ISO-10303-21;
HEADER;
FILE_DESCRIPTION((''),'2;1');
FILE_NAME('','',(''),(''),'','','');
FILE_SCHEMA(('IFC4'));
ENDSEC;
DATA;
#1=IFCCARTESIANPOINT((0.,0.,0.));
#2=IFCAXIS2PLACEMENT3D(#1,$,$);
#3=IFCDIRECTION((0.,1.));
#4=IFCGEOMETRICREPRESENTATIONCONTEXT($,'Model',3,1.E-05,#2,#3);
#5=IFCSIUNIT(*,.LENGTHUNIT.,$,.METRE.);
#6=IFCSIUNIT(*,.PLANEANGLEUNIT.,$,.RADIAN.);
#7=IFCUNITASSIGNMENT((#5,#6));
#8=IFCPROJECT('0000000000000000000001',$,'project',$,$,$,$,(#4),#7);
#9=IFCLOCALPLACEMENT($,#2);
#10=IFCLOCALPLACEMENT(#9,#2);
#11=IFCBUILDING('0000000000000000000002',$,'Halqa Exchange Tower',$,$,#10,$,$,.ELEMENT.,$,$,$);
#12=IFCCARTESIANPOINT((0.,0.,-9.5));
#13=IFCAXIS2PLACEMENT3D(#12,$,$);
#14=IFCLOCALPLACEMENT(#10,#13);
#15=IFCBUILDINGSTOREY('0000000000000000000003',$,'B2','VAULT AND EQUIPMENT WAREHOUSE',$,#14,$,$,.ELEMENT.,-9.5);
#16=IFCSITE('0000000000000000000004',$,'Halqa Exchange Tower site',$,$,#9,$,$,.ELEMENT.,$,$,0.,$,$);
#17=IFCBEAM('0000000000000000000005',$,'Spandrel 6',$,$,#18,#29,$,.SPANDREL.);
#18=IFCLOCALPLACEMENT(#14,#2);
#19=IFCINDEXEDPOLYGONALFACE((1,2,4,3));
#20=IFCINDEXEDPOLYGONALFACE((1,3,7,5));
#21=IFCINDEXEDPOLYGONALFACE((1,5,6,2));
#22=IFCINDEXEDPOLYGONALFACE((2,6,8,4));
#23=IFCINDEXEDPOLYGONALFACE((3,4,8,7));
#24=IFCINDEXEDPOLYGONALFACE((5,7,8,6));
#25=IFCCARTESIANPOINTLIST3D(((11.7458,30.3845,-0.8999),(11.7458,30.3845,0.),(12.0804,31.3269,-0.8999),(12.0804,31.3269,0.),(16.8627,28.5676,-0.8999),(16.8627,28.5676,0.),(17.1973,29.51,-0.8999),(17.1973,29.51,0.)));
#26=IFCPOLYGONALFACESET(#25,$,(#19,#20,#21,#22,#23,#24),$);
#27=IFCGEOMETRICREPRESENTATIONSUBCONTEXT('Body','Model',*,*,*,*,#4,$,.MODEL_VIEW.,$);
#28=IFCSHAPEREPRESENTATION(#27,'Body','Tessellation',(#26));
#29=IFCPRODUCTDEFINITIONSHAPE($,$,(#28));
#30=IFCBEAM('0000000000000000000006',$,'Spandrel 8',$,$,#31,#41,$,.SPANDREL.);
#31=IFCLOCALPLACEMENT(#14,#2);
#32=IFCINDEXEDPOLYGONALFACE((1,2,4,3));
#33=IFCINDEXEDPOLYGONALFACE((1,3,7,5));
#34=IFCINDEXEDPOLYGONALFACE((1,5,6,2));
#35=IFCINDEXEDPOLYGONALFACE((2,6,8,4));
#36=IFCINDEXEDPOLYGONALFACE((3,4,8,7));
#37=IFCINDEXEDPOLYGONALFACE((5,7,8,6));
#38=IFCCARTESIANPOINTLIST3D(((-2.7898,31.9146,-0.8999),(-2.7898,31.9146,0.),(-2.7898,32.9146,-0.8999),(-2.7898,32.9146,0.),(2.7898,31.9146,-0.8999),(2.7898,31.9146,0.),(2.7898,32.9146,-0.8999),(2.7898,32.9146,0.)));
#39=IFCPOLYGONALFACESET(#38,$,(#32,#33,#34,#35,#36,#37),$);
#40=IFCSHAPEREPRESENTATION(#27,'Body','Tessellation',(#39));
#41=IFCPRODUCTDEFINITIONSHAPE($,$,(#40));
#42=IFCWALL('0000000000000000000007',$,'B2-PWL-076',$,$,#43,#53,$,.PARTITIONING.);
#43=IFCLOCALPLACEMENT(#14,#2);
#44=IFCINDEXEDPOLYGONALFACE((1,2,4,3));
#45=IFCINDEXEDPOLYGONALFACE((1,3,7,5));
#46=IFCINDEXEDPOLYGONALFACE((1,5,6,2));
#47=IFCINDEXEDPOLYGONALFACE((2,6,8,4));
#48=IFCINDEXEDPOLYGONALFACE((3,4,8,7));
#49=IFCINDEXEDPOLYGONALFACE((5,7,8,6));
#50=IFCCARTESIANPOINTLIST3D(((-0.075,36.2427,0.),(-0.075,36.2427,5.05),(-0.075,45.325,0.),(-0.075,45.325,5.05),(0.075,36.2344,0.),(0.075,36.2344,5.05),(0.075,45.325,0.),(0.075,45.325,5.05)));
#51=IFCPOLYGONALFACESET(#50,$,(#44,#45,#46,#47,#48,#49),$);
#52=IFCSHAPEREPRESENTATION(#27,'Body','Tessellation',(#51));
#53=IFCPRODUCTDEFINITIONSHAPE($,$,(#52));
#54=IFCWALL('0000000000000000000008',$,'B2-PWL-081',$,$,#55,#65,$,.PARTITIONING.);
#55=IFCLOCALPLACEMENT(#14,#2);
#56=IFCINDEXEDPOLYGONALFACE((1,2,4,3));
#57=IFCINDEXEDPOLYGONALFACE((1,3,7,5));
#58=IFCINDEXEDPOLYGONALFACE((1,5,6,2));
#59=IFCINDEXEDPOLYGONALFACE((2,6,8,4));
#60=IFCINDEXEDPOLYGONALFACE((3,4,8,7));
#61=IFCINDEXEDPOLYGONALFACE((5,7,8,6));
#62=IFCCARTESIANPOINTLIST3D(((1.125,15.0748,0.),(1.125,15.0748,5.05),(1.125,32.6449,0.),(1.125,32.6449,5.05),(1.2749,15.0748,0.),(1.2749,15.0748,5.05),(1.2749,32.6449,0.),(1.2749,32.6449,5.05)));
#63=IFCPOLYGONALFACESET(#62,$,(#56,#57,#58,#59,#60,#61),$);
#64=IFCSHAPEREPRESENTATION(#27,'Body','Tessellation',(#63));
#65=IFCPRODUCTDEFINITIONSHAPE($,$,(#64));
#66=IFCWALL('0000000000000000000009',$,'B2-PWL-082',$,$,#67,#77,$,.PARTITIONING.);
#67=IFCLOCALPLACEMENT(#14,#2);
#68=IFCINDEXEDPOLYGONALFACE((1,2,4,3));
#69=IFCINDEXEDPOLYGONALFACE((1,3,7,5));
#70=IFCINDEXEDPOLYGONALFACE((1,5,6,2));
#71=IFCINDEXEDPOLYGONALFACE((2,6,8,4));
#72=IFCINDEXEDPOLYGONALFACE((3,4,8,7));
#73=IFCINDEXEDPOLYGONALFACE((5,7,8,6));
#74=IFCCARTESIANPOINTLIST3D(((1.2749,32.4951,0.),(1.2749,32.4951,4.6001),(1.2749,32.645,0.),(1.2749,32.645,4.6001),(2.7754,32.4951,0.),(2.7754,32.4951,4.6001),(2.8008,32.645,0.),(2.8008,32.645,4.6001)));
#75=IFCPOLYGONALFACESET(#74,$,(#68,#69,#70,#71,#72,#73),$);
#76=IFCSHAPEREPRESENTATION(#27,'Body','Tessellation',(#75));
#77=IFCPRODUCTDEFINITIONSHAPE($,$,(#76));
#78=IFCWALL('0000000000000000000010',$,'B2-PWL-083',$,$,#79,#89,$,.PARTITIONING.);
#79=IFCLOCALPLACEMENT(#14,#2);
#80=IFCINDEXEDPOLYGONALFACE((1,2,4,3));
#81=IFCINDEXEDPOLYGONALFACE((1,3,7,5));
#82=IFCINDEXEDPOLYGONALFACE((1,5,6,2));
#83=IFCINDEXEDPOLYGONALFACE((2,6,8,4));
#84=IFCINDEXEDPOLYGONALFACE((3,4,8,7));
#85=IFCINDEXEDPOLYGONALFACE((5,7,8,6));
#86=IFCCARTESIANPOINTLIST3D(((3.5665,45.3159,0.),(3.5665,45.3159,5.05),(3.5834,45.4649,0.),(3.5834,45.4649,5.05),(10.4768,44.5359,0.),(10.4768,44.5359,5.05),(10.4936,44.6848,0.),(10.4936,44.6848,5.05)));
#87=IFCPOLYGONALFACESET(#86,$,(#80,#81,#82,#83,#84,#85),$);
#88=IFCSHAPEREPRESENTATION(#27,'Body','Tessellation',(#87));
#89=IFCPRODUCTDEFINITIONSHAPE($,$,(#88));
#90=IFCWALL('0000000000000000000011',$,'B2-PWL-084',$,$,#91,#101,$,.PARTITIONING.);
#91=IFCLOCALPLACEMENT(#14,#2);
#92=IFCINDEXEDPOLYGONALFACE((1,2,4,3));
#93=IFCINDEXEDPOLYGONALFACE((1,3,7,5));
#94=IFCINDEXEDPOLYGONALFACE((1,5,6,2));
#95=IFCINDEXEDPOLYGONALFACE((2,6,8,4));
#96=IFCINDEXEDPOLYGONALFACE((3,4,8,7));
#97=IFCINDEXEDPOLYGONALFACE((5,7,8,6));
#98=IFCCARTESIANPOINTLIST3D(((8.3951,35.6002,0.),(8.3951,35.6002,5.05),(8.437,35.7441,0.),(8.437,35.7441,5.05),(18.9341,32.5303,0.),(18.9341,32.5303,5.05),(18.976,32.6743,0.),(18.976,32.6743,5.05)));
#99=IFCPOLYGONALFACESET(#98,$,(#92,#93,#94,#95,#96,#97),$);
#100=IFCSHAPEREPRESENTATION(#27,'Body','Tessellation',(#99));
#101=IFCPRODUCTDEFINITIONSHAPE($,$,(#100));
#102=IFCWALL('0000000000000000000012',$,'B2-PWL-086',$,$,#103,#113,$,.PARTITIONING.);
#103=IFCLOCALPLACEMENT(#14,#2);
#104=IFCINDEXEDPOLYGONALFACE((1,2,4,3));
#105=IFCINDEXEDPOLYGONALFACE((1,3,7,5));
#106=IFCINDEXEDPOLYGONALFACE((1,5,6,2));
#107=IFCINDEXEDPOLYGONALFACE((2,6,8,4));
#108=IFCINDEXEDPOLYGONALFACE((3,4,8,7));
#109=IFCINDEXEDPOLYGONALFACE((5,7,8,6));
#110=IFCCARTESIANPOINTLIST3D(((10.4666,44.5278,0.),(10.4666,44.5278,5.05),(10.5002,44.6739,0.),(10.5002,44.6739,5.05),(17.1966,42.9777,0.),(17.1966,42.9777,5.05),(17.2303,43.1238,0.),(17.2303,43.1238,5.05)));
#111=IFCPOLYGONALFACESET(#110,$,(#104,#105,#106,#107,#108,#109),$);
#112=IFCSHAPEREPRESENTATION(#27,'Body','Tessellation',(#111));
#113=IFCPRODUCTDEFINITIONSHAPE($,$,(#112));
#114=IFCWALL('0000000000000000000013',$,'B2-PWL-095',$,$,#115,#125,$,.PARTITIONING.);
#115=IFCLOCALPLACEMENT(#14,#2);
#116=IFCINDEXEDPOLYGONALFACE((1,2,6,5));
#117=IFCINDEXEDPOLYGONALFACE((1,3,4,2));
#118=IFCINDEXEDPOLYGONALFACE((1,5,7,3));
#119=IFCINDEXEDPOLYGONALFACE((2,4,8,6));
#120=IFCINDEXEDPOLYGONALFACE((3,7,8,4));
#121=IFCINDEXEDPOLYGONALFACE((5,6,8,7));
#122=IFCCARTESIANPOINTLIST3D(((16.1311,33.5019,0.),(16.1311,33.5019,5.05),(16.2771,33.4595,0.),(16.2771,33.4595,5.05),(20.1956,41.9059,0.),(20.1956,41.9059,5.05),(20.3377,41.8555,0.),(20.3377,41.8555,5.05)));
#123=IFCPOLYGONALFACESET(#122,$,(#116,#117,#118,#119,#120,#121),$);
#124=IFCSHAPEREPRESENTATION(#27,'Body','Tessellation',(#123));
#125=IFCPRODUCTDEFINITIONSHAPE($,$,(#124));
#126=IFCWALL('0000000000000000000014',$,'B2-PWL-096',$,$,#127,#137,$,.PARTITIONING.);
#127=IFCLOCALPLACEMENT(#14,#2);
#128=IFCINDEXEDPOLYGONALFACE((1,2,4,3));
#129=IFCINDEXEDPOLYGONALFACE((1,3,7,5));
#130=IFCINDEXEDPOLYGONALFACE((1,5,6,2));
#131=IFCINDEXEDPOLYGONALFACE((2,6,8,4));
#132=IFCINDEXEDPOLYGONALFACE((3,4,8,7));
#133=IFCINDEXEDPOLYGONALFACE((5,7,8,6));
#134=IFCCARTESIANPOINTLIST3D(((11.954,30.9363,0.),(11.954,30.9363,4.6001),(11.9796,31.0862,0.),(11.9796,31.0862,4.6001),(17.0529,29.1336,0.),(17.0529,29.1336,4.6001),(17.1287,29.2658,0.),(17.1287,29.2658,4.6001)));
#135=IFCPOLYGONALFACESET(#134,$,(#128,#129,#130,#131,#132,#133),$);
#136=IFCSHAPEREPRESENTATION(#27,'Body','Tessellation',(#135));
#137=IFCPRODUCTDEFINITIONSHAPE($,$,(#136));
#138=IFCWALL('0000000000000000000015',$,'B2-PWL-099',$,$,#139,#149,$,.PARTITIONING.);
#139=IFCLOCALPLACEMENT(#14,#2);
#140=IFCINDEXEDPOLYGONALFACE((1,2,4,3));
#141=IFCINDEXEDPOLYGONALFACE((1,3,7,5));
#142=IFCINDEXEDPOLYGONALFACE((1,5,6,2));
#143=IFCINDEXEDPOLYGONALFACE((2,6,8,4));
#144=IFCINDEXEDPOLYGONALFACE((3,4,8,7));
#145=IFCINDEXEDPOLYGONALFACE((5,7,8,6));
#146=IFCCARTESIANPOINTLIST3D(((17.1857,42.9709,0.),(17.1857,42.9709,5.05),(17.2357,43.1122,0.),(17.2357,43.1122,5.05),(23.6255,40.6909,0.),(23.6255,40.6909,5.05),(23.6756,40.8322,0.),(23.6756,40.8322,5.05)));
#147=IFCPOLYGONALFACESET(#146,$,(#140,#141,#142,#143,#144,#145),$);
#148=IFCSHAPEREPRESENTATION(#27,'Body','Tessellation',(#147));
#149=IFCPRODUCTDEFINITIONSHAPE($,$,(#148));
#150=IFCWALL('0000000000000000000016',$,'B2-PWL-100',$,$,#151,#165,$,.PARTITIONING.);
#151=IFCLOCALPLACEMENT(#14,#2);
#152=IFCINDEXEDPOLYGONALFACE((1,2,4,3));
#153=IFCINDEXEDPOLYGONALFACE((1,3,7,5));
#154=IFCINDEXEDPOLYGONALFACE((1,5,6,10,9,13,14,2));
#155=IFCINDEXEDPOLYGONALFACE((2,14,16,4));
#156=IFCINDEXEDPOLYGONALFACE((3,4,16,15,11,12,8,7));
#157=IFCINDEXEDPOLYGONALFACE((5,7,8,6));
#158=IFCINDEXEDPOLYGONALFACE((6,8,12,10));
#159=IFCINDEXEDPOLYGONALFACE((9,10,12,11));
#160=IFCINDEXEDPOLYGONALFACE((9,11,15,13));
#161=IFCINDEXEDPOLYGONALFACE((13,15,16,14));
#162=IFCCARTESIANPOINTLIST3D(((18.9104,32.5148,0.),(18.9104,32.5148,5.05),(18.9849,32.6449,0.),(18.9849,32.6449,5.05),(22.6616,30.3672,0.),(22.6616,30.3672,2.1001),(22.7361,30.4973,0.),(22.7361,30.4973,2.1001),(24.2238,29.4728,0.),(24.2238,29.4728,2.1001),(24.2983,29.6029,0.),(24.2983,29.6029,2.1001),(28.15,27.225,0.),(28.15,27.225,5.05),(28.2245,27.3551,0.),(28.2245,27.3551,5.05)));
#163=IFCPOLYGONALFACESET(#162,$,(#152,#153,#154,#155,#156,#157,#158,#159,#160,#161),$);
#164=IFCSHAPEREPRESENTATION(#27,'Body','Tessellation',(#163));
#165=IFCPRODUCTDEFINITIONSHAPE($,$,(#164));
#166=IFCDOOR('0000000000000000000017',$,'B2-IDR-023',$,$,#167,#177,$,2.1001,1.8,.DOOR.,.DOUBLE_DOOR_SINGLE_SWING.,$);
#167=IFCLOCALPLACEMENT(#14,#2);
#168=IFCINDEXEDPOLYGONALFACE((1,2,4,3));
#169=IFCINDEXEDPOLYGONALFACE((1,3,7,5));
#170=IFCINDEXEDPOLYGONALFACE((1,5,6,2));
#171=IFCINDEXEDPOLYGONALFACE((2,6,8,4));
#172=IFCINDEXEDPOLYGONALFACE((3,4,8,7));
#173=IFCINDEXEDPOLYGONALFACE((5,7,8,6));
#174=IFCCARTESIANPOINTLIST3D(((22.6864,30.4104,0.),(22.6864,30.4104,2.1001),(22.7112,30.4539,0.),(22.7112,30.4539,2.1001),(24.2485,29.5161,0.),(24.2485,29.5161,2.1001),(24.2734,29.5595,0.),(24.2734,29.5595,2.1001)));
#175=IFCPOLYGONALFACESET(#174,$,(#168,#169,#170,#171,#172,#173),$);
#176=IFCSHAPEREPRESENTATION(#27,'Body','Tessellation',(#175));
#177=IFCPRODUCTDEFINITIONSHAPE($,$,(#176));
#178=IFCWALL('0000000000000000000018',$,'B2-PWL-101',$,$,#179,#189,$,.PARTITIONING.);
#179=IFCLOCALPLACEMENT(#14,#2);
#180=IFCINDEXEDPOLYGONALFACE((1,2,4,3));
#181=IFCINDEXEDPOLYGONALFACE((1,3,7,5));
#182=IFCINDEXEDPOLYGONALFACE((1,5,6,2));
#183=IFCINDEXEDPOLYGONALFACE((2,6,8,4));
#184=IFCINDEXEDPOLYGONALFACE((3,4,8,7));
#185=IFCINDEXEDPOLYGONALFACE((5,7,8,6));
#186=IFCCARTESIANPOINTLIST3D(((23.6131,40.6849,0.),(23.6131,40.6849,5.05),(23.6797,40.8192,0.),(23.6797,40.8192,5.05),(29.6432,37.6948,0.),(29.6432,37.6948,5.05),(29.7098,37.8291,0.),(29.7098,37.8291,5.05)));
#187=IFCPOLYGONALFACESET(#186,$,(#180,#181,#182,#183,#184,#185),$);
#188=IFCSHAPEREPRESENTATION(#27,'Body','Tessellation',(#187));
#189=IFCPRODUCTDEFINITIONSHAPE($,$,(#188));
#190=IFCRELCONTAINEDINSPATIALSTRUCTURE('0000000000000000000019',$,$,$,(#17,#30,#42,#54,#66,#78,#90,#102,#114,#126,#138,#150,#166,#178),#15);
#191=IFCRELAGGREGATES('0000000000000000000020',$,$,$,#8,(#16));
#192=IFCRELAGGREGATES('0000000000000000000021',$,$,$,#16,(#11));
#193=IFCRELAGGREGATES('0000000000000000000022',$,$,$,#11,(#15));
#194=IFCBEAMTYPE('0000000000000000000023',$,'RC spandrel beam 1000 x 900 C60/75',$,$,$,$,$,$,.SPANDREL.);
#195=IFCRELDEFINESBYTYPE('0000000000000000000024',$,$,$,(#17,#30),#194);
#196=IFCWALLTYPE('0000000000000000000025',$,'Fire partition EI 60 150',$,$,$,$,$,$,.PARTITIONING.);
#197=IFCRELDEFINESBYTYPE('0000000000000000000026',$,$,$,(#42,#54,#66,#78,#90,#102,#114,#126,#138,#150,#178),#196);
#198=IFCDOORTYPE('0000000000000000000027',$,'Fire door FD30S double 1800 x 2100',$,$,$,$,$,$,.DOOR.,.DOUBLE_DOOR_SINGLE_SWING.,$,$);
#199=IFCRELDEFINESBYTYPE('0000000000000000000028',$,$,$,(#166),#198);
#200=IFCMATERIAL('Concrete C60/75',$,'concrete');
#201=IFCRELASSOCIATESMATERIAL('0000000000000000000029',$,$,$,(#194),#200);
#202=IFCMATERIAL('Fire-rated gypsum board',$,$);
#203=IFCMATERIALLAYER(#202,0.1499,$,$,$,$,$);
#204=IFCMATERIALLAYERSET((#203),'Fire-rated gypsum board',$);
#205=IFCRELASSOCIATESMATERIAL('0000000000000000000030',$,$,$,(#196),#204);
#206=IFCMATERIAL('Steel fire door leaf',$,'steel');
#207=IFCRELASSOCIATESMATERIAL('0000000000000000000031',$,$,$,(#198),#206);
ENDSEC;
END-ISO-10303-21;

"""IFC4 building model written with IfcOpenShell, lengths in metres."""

from ifc_helpers import new_model, si_unit, direction, frame, frame_2d, origin, origin_2d, place, context, subcontext, project, spatial, polyline, rectangle, outline, extrude, material, layer, layer_set, material_profile, profile_set, type_object, element, fill, save


model = new_model("IFC4")

# Units and contexts
model_context = context("Model", 3, precision=1e-05, world=origin(), true_north=direction((0.0, 1.0)))
body_context = subcontext(model_context, "Body", "Model", "MODEL_VIEW")
ifc_project = project(units=[si_unit("LENGTHUNIT", "METRE"), si_unit("PLANEANGLEUNIT", "RADIAN")], contexts=[model_context])

# Site, building, storey
site_placement = place(None, origin())
site = spatial("IfcSite", under=ifc_project, at=site_placement, Name="Halqa Exchange Tower site", CompositionType="ELEMENT", RefElevation=0.0)
building_placement = place(site_placement, origin())
building = spatial("IfcBuilding", under=site, at=building_placement, Name="Halqa Exchange Tower", CompositionType="ELEMENT")
storey_placement = place(building_placement, frame((0.0, 0.0, -9.5)))
storey = spatial("IfcBuildingStorey", under=building, at=storey_placement, Name="B2", Description="VAULT AND EQUIPMENT WAREHOUSE", CompositionType="ELEMENT", Elevation=-9.5)

# Shared definitions
ifc_material_1 = material(Name="Concrete C60/75", Category="concrete")

# Beams
ifc_material_profile_1 = material_profile(ifc_material_1, rectangle(XDim=1.0, YDim=0.8999, at=origin_2d()), Name="1000 x 900")
ifc_profile_set_1 = profile_set([ifc_material_profile_1], Name="Concrete C60/75")
beam_type_1 = type_object("IfcBeamType", Name="RC spandrel beam 1000 x 900 C60/75", PredefinedType="SPANDREL", material=ifc_profile_set_1)
beam_1_placement = place(storey_placement, frame((17.03, 29.0388, -0.45), z_axis=(-0.942358, 0.334607, 0.0), x_axis=(-0.334607, -0.942358, 0.0)))
element("IfcBeam", 1, at=beam_1_placement, inside=storey, type_object=beam_type_1, Name="Spandrel 6", PredefinedType="SPANDREL", context=body_context, shape_type="SweptSolid", body=[
    extrude(rectangle(XDim=1.0, YDim=0.8999, at=origin_2d()), origin(), (0.0, 0.0, 1.0), 5.4299),
])
beam_2_placement = place(storey_placement, frame((2.7898, 32.4146, -0.45), z_axis=(-1.0, 0.0, 0.0), x_axis=(0.0, -1.0, 0.0)))
element("IfcBeam", 2, at=beam_2_placement, inside=storey, type_object=beam_type_1, Name="Spandrel 8", PredefinedType="SPANDREL", context=body_context, shape_type="SweptSolid", body=[
    extrude(rectangle(XDim=1.0, YDim=0.8999, at=origin_2d()), origin(), (0.0, 0.0, 1.0), 5.5796),
])

# Walls
ifc_material_2 = material(Name="Fire-rated gypsum board")
ifc_layer_1 = layer(ifc_material_2, 0.1499)
ifc_layer_set_1 = layer_set([ifc_layer_1], Name="Fire-rated gypsum board")
wall_type_1 = type_object("IfcWallType", Name="Fire partition EI 60 150", PredefinedType="PARTITIONING", material=ifc_layer_set_1)
wall_1_placement = place(storey_placement, frame((0.0, 36.2385, 0.0), z_axis=(0.0, 0.0, 1.0), x_axis=(0.0, 1.0, 0.0)))
element("IfcWall", 3, at=wall_1_placement, inside=storey, type_object=wall_type_1, Name="B2-PWL-076", PredefinedType="PARTITIONING", context=body_context, shape_type="SweptSolid", body=[
    extrude(outline(polyline([(-0.0042, -0.075), (9.0864, -0.075), (9.0864, 0.075), (0.0042, 0.075), (-0.0042, -0.075)])), origin(), (0.0, 0.0, 1.0), 5.05),
])
wall_2_placement = place(storey_placement, frame((1.2, 32.645, 0.0), z_axis=(0.0, 0.0, 1.0), x_axis=(0.0, -1.0, 0.0)))
element("IfcWall", 4, at=wall_2_placement, inside=storey, type_object=wall_type_1, Name="B2-PWL-081", PredefinedType="PARTITIONING", context=body_context, shape_type="SweptSolid", body=[
    extrude(rectangle(XDim=17.5701, YDim=0.1499, at=frame_2d((8.7852, 0.0))), origin(), (0.0, 0.0, 1.0), 5.05),
])
wall_3_placement = place(storey_placement, frame((2.7881, 32.5701, 0.0), z_axis=(0.0, 0.0, 1.0), x_axis=(-1.0, 0.0, 0.0)))
element("IfcWall", 5, at=wall_3_placement, inside=storey, type_object=wall_type_1, Name="B2-PWL-082", PredefinedType="PARTITIONING", context=body_context, shape_type="SweptSolid", body=[
    extrude(outline(polyline([(-0.0127, -0.075), (1.5132, -0.075), (1.5132, 0.075), (0.0127, 0.075), (-0.0127, -0.075)])), origin(), (0.0, 0.0, 1.0), 4.6001),
])
wall_4_placement = place(storey_placement, frame((3.575, 45.3904, 0.0), z_axis=(0.0, 0.0, 1.0), x_axis=(0.993689, -0.112169, 0.0)))
element("IfcWall", 6, at=wall_4_placement, inside=storey, type_object=wall_type_1, Name="B2-PWL-083", PredefinedType="PARTITIONING", context=body_context, shape_type="SweptSolid", body=[
    extrude(rectangle(XDim=6.9541, YDim=0.1499, at=frame_2d((3.4771, 0.0))), origin(), (0.0, 0.0, 1.0), 5.05),
])
wall_5_placement = place(storey_placement, frame((8.416, 35.6721, 0.0), z_axis=(0.0, 0.0, 1.0), x_axis=(0.9601, -0.279658, 0.0)))
element("IfcWall", 7, at=wall_5_placement, inside=storey, type_object=wall_type_1, Name="B2-PWL-084", PredefinedType="PARTITIONING", context=body_context, shape_type="SweptSolid", body=[
    extrude(rectangle(XDim=10.9771, YDim=0.1499, at=frame_2d((5.4885, 0.0))), origin(), (0.0, 0.0, 1.0), 5.05),
])
wall_6_placement = place(storey_placement, frame((10.4834, 44.6008, 0.0), z_axis=(0.0, 0.0, 1.0), x_axis=(0.974487, -0.224444, 0.0)))
element("IfcWall", 8, at=wall_6_placement, inside=storey, type_object=wall_type_1, Name="B2-PWL-086", PredefinedType="PARTITIONING", context=body_context, shape_type="SweptSolid", body=[
    extrude(rectangle(XDim=6.9062, YDim=0.1499, at=frame_2d((3.4531, 0.0))), origin(), (0.0, 0.0, 1.0), 5.05),
])
wall_7_placement = place(storey_placement, frame((16.2041, 33.4807, 0.0), z_axis=(0.0, 0.0, 1.0), x_axis=(0.43539, 0.900242, 0.0)))
element("IfcWall", 9, at=wall_7_placement, inside=storey, type_object=wall_type_1, Name="B2-PWL-095", PredefinedType="PARTITIONING", context=body_context, shape_type="SweptSolid", body=[
    extrude(outline(polyline([(0.0127, -0.075), (9.3391, -0.075), (9.3225, 0.075), (-0.0127, 0.075), (0.0127, -0.075)])), origin(), (0.0, 0.0, 1.0), 5.05),
])
wall_8_placement = place(storey_placement, frame((17.0908, 29.1997, 0.0), z_axis=(0.0, 0.0, 1.0), x_axis=(-0.942814, 0.333318, 0.0)))
element("IfcWall", 10, at=wall_8_placement, inside=storey, type_object=wall_type_1, Name="B2-PWL-096", PredefinedType="PARTITIONING", context=body_context, shape_type="SweptSolid", body=[
    extrude(outline(polyline([(-0.0137, -0.075), (5.4478, -0.075), (5.4219, 0.075), (0.0137, 0.075), (-0.0137, -0.075)])), origin(), (0.0, 0.0, 1.0), 4.6001),
])
wall_9_placement = place(storey_placement, frame((17.2107, 43.0415, 0.0), z_axis=(0.0, 0.0, 1.0), x_axis=(0.942663, -0.333745, 0.0)))
element("IfcWall", 11, at=wall_9_placement, inside=storey, type_object=wall_type_1, Name="B2-PWL-099", PredefinedType="PARTITIONING", context=body_context, shape_type="SweptSolid", body=[
    extrude(rectangle(XDim=6.8315, YDim=0.1499, at=frame_2d((3.4158, 0.0))), origin(), (0.0, 0.0, 1.0), 5.05),
])

# Wall, opening, door
wall_10_placement = place(storey_placement, frame((18.9478, 32.5798, 0.0), z_axis=(0.0, 0.0, 1.0), x_axis=(0.867835, -0.496852, 0.0)))
wall_10 = element("IfcWall", 12, at=wall_10_placement, inside=storey, type_object=wall_type_1, Name="B2-PWL-100", PredefinedType="PARTITIONING", context=body_context, shape_type="SweptSolid", body=[
    extrude(rectangle(XDim=10.6467, YDim=0.1499, at=frame_2d((5.3232, 0.0))), origin(), (0.0, 0.0, 1.0), 5.05),
])
opening_1_placement = place(wall_10_placement, frame((4.3225, 0.0, 0.0)))
opening_1 = element("IfcOpeningElement", 13, at=opening_1_placement, cuts=wall_10, PredefinedType="OPENING", context=body_context, shape_type="SweptSolid", body=[
    extrude(rectangle(XDim=1.8, YDim=2.1001, at=frame_2d((0.8999, 1.05))), frame((0.0, 0.0869, 0.0), z_axis=(0.0, -1.0, 0.0), x_axis=(1.0, 0.0, 0.0)), (0.0, 0.0, 1.0), 0.1738),
])
ifc_material_3 = material(Name="Steel fire door leaf", Category="steel")
door_type_1 = type_object("IfcDoorType", Name="Fire door FD30S double 1800 x 2100", OperationType="DOUBLE_DOOR_SINGLE_SWING", PredefinedType="DOOR", material=ifc_material_3)
door_1_placement = place(opening_1_placement, origin())
door_1 = element("IfcDoor", 14, at=door_1_placement, inside=storey, type_object=door_type_1, Name="B2-IDR-023", OperationType="DOUBLE_DOOR_SINGLE_SWING", OverallHeight=2.1001, OverallWidth=1.8, PredefinedType="DOOR", context=body_context, shape_type="SweptSolid", body=[
    extrude(rectangle(XDim=1.8, YDim=2.1001, at=frame_2d((0.8999, 1.05))), frame((0.0, 0.0249, 0.0), z_axis=(0.0, -1.0, 0.0), x_axis=(1.0, 0.0, 0.0)), (0.0, 0.0, 1.0), 0.05),
])
fill(opening_1, door_1)

# Wall
wall_11_placement = place(storey_placement, frame((23.6465, 40.752, 0.0), z_axis=(0.0, 0.0, 1.0), x_axis=(0.895909, -0.444237, 0.0)))
element("IfcWall", 15, at=wall_11_placement, inside=storey, type_object=wall_type_1, Name="B2-PWL-101", PredefinedType="PARTITIONING", context=body_context, shape_type="SweptSolid", body=[
    extrude(rectangle(XDim=6.7307, YDim=0.1499, at=frame_2d((3.3652, 0.0))), origin(), (0.0, 0.0, 1.0), 5.05),
])

save(model, "model.ifc")
